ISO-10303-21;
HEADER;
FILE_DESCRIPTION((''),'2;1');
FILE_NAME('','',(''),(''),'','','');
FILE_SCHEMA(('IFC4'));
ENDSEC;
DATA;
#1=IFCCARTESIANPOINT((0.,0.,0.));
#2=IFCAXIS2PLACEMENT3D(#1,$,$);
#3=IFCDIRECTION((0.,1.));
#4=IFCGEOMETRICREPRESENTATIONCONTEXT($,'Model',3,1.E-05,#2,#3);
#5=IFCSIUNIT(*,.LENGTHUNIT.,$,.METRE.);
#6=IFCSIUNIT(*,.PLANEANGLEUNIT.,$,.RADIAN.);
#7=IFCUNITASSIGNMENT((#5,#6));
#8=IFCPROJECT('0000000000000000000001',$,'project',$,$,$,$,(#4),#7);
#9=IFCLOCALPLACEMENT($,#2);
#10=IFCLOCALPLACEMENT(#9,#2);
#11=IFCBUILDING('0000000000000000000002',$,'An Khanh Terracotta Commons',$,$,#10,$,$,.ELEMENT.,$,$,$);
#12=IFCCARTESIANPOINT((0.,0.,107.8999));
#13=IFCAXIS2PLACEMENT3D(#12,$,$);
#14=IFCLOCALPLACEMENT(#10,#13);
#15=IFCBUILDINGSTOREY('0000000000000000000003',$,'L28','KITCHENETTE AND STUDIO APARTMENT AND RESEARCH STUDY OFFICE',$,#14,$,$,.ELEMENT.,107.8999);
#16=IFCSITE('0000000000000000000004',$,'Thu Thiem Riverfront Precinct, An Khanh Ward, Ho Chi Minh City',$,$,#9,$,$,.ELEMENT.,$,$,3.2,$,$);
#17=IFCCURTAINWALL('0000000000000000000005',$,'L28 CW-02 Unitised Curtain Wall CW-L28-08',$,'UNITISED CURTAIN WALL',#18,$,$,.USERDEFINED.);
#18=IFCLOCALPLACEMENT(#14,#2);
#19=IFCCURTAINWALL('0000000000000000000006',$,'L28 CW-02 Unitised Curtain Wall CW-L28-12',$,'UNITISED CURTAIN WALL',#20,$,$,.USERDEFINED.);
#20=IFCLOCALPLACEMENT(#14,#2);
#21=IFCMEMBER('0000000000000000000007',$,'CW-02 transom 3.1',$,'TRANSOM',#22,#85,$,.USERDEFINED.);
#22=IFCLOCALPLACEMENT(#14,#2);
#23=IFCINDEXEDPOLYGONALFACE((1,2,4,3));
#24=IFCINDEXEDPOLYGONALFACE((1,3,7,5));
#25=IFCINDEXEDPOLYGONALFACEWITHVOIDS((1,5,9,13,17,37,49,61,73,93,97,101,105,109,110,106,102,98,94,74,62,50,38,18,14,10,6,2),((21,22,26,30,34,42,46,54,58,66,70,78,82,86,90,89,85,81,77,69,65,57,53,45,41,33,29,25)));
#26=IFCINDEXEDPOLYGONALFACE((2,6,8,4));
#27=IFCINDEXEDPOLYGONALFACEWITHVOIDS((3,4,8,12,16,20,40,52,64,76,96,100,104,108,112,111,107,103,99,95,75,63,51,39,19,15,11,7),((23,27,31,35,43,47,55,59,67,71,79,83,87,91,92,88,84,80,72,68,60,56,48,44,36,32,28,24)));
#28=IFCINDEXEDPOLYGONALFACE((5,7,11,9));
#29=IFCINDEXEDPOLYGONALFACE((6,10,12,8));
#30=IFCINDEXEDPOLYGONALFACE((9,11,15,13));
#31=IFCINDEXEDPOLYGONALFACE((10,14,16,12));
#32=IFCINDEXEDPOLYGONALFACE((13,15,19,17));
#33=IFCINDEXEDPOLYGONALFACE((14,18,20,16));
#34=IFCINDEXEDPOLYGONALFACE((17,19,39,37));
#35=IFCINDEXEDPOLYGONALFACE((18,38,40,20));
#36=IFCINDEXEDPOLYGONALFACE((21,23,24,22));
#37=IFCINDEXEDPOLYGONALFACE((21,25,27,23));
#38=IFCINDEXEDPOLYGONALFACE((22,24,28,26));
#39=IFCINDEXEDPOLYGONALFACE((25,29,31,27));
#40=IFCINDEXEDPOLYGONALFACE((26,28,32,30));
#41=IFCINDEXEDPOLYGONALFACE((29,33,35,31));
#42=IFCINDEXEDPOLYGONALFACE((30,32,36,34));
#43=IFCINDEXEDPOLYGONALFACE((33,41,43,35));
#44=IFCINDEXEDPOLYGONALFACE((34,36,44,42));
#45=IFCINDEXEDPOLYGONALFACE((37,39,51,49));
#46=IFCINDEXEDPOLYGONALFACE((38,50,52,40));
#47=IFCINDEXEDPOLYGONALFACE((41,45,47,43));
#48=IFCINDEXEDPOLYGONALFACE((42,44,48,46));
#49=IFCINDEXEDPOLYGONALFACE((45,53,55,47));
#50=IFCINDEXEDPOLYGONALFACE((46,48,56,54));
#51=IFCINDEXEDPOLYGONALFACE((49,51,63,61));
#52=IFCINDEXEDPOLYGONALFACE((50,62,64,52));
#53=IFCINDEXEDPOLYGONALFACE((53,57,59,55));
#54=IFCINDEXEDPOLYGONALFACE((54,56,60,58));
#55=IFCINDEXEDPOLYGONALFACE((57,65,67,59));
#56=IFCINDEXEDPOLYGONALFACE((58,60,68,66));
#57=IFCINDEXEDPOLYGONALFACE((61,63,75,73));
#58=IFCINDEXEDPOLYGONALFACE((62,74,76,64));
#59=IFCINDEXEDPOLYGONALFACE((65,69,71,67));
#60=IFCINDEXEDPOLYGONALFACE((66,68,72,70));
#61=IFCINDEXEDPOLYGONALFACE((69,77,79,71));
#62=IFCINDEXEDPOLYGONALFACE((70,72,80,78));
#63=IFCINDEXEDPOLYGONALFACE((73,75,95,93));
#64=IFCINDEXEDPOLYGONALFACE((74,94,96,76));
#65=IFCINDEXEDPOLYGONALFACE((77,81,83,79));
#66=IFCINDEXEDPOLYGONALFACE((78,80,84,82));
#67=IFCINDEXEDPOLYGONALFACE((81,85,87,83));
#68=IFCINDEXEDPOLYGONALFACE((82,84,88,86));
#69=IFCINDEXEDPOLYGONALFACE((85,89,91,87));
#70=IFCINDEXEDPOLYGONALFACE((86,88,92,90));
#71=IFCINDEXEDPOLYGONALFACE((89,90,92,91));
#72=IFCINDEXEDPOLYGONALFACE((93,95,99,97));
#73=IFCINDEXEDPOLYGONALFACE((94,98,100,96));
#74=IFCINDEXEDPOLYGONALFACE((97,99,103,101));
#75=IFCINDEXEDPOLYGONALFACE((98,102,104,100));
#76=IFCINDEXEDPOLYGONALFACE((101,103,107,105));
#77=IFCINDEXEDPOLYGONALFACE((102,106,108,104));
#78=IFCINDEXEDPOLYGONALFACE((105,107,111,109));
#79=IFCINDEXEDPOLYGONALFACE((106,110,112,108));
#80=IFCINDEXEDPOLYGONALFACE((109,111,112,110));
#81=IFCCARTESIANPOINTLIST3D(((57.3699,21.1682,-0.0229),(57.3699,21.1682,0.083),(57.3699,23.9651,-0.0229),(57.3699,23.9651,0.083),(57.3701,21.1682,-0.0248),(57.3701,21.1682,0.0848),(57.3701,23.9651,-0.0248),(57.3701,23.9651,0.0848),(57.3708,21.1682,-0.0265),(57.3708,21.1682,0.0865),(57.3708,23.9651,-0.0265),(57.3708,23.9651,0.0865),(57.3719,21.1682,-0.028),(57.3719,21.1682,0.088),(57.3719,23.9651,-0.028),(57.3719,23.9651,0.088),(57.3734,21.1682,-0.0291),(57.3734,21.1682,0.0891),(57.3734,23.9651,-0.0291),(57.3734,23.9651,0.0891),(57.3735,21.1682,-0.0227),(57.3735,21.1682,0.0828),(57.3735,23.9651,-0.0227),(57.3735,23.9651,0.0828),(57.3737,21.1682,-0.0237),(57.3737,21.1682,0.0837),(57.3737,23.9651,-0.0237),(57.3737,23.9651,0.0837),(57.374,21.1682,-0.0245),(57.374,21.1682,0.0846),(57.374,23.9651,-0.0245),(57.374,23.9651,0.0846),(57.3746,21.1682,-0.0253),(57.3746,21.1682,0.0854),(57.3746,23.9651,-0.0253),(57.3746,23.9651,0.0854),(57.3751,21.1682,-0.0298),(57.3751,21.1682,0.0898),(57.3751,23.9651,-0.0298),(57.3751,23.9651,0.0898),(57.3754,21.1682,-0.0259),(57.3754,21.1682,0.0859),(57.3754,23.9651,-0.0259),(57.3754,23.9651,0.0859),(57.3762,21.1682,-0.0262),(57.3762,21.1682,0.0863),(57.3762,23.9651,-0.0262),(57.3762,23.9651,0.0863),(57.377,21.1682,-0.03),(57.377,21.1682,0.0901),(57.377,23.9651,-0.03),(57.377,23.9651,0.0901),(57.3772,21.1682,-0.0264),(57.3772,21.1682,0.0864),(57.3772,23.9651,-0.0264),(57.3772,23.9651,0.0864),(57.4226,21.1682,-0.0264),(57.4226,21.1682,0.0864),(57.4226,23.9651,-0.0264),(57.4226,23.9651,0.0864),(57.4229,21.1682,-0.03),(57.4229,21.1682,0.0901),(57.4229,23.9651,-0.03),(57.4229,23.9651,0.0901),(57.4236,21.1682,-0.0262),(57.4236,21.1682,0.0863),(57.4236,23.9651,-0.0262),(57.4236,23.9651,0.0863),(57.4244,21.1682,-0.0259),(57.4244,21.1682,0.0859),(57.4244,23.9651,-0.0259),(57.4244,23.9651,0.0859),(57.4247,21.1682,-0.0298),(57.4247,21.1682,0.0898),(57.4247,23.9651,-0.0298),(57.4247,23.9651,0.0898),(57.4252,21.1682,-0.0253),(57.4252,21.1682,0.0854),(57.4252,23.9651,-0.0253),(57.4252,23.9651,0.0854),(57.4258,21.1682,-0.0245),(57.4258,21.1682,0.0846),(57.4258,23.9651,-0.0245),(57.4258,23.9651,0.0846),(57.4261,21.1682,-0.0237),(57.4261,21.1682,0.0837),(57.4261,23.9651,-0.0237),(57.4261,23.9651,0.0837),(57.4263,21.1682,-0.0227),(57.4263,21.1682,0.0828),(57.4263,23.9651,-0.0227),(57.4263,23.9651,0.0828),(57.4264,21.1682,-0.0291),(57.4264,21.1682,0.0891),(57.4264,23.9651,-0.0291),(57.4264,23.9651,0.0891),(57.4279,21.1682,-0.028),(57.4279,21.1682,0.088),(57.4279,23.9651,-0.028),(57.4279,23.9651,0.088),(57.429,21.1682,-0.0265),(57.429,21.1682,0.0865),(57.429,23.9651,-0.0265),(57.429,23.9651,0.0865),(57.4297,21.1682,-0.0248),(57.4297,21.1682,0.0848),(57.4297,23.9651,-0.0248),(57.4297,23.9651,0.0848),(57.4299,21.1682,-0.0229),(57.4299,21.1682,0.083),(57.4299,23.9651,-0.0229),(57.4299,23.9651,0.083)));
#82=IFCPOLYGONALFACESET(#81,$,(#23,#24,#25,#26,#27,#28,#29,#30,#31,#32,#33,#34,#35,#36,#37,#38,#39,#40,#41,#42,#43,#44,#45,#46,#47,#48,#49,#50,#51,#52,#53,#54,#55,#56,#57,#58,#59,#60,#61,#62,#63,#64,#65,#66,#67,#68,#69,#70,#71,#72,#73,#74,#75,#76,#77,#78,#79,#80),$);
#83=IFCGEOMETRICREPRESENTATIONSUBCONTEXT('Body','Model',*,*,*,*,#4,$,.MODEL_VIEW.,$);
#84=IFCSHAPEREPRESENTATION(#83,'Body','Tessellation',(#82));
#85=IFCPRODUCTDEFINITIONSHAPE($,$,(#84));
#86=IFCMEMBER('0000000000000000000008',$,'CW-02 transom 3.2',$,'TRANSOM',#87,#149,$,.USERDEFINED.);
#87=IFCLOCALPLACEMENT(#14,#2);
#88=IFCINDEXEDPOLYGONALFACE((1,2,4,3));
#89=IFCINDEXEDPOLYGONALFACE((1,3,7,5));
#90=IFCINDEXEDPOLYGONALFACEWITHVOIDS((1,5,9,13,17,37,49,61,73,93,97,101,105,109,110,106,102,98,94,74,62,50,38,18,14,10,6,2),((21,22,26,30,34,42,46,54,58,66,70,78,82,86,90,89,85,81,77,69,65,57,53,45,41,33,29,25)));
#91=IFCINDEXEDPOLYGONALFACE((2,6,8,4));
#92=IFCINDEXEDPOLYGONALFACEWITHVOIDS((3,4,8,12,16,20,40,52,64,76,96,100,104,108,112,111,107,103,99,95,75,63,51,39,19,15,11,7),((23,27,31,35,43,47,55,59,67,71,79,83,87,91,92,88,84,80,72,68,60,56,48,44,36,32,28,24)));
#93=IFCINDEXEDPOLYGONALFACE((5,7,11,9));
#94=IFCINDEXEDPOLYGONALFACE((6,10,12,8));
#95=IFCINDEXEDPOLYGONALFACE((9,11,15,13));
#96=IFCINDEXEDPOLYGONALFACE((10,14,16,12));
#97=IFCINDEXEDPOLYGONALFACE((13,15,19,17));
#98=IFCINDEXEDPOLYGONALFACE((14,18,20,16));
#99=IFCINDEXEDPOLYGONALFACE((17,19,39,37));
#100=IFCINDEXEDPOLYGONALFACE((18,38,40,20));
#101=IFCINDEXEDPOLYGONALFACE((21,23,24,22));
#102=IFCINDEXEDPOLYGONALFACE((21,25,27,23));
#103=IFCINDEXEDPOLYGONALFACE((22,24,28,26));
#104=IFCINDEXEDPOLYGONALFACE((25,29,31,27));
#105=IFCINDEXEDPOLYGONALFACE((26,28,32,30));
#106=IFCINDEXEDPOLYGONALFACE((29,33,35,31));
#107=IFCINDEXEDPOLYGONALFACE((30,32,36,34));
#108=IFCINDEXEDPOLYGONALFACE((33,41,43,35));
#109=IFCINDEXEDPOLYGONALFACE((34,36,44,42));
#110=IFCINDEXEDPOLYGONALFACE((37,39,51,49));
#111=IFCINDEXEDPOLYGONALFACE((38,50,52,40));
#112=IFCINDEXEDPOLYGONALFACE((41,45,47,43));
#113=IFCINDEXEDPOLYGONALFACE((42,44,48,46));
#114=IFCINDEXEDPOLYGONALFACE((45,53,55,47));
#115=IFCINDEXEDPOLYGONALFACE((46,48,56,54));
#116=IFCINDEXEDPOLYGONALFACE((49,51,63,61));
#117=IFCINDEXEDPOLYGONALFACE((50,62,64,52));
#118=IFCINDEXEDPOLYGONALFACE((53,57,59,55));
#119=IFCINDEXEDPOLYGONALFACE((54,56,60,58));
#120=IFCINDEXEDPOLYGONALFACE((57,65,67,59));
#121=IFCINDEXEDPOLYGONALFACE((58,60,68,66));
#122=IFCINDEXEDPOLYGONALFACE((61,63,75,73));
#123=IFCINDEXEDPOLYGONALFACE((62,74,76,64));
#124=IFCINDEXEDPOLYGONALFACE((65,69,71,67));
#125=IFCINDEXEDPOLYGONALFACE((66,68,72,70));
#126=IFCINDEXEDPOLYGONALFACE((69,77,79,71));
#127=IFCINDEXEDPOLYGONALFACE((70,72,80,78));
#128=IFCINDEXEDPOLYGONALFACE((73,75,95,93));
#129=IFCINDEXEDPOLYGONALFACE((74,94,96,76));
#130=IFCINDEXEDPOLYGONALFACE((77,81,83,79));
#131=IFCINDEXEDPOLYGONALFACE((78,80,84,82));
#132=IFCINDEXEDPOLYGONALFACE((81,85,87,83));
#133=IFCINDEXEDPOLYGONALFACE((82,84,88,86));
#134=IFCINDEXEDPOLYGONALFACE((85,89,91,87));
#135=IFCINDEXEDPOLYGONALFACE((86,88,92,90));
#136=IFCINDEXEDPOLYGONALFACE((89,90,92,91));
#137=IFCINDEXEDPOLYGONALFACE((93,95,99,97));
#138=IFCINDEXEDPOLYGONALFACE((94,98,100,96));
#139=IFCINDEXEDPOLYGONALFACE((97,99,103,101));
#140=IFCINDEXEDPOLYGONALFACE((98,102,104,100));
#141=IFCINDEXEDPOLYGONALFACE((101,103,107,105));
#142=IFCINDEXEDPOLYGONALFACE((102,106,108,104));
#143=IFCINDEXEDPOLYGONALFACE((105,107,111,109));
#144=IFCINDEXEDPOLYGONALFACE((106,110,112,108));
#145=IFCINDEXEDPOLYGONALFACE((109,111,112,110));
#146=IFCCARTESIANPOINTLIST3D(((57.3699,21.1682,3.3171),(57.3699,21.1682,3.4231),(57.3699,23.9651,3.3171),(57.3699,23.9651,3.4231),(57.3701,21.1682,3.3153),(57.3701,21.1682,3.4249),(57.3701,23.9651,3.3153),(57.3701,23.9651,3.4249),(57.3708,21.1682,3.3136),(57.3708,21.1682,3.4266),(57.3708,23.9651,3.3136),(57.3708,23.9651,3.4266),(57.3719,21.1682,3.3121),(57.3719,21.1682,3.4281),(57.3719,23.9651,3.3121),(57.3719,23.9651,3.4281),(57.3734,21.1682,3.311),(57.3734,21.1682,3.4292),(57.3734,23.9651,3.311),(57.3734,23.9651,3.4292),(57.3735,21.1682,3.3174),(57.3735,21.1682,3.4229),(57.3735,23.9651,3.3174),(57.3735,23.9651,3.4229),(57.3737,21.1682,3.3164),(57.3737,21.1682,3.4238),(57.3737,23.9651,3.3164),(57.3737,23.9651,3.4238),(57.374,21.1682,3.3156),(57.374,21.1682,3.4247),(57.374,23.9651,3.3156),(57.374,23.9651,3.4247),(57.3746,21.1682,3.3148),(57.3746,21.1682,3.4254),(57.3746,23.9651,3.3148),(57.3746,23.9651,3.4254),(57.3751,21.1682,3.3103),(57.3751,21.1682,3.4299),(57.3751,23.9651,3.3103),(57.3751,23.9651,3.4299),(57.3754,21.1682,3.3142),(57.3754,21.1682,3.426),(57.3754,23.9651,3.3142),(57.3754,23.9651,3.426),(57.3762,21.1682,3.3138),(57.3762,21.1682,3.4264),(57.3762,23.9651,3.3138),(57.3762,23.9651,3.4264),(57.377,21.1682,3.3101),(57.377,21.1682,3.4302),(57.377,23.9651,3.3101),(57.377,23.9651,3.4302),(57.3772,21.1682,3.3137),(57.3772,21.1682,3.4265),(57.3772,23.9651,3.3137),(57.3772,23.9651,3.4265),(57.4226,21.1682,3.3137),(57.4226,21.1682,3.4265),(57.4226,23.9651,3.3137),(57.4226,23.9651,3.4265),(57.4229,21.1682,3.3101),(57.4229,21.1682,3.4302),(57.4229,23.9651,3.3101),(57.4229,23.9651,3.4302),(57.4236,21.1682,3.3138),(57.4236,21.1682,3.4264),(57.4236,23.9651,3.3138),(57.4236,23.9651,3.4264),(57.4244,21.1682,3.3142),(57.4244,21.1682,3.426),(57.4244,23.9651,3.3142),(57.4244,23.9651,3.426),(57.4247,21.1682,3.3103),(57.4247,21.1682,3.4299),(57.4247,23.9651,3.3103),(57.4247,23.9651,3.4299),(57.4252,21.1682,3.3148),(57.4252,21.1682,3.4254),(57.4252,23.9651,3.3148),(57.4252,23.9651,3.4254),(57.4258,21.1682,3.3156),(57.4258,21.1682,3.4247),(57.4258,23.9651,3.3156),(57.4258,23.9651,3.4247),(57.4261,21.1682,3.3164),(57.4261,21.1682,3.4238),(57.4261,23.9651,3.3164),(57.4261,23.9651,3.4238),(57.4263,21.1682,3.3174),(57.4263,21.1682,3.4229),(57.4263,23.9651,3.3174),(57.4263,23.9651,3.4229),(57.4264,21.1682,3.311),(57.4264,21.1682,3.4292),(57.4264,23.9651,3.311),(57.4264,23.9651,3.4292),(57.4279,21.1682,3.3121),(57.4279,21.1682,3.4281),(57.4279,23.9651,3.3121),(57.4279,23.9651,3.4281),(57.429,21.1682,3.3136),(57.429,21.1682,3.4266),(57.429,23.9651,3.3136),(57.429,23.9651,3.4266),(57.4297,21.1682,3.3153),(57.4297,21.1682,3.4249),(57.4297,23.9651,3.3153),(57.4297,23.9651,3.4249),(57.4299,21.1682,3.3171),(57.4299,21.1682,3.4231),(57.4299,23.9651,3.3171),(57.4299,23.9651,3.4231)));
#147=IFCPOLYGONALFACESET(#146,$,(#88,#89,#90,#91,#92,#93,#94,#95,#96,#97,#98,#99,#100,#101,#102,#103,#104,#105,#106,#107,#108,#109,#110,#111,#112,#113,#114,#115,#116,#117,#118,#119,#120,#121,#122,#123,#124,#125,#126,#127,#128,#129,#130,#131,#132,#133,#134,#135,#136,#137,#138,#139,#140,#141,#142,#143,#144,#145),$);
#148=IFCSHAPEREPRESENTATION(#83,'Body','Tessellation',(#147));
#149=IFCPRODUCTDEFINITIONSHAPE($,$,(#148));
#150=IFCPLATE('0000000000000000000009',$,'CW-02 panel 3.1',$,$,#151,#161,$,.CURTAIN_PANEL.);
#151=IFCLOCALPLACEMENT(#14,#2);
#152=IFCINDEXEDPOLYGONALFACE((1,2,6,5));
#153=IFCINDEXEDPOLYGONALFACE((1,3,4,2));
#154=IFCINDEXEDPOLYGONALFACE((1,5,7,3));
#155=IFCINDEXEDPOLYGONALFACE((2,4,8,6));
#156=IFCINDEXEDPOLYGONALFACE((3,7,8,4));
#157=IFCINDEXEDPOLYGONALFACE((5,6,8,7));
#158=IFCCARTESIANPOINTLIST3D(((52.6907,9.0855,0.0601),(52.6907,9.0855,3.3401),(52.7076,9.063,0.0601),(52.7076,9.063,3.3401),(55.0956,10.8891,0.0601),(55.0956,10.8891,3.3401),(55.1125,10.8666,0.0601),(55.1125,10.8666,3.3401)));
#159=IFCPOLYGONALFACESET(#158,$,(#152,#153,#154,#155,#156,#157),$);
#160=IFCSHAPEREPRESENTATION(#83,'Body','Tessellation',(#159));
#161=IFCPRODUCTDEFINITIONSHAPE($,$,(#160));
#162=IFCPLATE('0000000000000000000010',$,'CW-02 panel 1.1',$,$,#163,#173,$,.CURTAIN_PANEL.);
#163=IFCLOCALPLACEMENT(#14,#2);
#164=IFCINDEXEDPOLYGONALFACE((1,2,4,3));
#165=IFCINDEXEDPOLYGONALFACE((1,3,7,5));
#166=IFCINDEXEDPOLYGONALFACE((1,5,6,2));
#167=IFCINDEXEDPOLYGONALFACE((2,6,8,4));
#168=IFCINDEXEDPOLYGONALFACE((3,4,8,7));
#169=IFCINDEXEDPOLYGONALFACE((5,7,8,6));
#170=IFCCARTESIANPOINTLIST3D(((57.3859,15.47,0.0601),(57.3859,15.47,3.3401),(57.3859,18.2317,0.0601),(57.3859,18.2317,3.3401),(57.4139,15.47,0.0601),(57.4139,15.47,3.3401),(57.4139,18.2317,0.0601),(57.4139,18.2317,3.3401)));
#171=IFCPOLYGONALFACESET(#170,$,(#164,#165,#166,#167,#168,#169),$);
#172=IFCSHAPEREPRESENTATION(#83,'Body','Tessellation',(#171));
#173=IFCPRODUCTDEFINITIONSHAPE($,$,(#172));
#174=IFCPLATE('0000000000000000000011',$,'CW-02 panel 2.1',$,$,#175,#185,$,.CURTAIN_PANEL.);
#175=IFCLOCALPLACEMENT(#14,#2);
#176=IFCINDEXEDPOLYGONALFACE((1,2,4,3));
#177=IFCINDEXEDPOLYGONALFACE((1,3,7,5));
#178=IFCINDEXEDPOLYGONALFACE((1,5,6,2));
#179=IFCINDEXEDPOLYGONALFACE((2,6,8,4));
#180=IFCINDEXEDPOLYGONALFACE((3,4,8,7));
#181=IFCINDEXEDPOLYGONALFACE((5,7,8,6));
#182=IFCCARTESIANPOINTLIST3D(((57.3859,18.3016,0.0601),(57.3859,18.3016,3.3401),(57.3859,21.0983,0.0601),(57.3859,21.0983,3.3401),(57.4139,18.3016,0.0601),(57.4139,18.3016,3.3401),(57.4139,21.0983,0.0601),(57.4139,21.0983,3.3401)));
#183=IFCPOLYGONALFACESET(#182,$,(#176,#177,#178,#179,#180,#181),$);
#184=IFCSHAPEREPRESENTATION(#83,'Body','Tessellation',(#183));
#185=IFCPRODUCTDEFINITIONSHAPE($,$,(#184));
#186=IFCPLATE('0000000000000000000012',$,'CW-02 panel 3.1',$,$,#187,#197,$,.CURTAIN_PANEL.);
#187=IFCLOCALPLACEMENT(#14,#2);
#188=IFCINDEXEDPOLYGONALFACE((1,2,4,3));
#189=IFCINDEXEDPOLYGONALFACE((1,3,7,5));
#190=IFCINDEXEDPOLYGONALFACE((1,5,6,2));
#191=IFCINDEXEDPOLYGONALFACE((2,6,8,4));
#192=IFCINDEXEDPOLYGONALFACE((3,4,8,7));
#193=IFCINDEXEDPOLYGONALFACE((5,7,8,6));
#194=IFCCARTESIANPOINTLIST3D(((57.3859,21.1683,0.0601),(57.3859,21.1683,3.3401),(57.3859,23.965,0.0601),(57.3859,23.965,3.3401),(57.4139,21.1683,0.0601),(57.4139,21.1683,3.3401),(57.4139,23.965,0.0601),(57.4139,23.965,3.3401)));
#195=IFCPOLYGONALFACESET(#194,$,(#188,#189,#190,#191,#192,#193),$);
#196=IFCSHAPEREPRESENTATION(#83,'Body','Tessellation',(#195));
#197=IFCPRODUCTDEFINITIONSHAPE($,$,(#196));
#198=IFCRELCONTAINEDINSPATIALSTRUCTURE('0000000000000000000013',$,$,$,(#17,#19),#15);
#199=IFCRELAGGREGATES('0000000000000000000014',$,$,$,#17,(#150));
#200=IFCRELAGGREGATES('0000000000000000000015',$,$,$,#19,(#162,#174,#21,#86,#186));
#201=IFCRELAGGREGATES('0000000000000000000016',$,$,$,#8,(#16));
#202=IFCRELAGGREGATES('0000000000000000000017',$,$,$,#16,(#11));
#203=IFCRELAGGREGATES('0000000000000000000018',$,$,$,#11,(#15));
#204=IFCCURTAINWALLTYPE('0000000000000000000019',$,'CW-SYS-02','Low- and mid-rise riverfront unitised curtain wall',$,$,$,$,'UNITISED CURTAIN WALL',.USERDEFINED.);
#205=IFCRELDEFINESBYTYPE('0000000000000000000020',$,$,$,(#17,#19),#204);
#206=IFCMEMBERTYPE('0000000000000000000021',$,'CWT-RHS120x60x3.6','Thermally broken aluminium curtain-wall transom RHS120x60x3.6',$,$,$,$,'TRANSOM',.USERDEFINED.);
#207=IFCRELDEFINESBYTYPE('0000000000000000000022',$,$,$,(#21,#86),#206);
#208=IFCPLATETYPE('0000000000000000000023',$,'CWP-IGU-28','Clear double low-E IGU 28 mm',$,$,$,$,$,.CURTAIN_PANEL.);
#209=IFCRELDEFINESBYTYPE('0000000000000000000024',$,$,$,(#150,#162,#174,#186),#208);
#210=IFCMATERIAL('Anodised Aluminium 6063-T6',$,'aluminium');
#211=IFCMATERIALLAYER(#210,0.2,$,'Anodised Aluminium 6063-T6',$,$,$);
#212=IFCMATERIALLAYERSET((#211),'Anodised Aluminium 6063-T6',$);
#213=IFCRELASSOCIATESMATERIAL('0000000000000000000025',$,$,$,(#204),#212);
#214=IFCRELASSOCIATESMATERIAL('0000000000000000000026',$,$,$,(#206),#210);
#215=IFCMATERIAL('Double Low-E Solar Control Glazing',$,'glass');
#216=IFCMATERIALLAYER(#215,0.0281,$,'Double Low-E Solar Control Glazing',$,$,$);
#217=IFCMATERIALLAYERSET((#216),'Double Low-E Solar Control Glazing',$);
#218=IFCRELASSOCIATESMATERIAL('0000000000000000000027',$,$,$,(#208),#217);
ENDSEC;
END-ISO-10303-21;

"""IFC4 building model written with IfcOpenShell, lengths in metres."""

from ifc_helpers import new_model, si_unit, direction, frame, origin, origin_2d, place, context, subcontext, project, spatial, rectangle, hollow_rectangle, extrude, material, layer, layer_set, material_profile, profile_set, type_object, element, aggregate, save


model = new_model("IFC4")

# Units and contexts
model_context = context("Model", 3, precision=1e-05, world=origin(), true_north=direction((0.0, 1.0)))
body_context = subcontext(model_context, "Body", "Model", "MODEL_VIEW")
ifc_project = project(units=[si_unit("LENGTHUNIT", "METRE"), si_unit("PLANEANGLEUNIT", "RADIAN")], contexts=[model_context])

# Site, building, storey
site_placement = place(None, origin())
site = spatial("IfcSite", under=ifc_project, at=site_placement, Name="Thu Thiem Riverfront Precinct, An Khanh Ward, Ho Chi Minh City", CompositionType="ELEMENT", RefElevation=3.2)
building_placement = place(site_placement, origin())
building = spatial("IfcBuilding", under=site, at=building_placement, Name="An Khanh Terracotta Commons", CompositionType="ELEMENT")
storey_placement = place(building_placement, frame((0.0, 0.0, 107.8999)))
storey = spatial("IfcBuildingStorey", under=building, at=storey_placement, Name="L28", Description="KITCHENETTE AND STUDIO APARTMENT AND RESEARCH STUDY OFFICE", CompositionType="ELEMENT", Elevation=107.8999)

# Curtain walls
ifc_material_1 = material(Name="Anodised Aluminium 6063-T6", Category="aluminium")
ifc_layer_1 = layer(ifc_material_1, 0.2, Name="Anodised Aluminium 6063-T6")
ifc_layer_set_1 = layer_set([ifc_layer_1], Name="Anodised Aluminium 6063-T6")
curtain_wall_type = type_object("IfcCurtainWallType", Name="CW-SYS-02", Description="Low- and mid-rise riverfront unitised curtain wall", ElementType="UNITISED CURTAIN WALL", PredefinedType="USERDEFINED", material=ifc_layer_set_1)
curtain_wall_1_placement = place(storey_placement, origin())
curtain_wall_1 = element("IfcCurtainWall", 1, at=curtain_wall_1_placement, inside=storey, type_object=curtain_wall_type, Name="L28 CW-02 Unitised Curtain Wall CW-L28-08", ObjectType="UNITISED CURTAIN WALL", PredefinedType="USERDEFINED")
curtain_wall_2_placement = place(storey_placement, origin())
curtain_wall_2 = element("IfcCurtainWall", 2, at=curtain_wall_2_placement, inside=storey, type_object=curtain_wall_type, Name="L28 CW-02 Unitised Curtain Wall CW-L28-12", ObjectType="UNITISED CURTAIN WALL", PredefinedType="USERDEFINED")

# Members
ifc_material_profile_1 = material_profile(ifc_material_1, hollow_rectangle(XDim=0.0601, YDim=0.1201, WallThickness=0.0037, InnerFilletRadius=0.0037, OuterFilletRadius=0.0071, at=origin_2d()), Name="RHS120x60x3.6")
ifc_profile_set_1 = profile_set([ifc_material_profile_1], Name="Anodised Aluminium 6063-T6")
member_type_1 = type_object("IfcMemberType", Name="CWT-RHS120x60x3.6", Description="Thermally broken aluminium curtain-wall transom RHS120x60x3.6", ElementType="TRANSOM", PredefinedType="USERDEFINED", material=ifc_profile_set_1)
member_1_placement = place(storey_placement, frame((57.3999, 21.1682, 0.03), z_axis=(0.0, 1.0, 0.0), x_axis=(-1.0, 0.0, 0.0)))
member_1 = element("IfcMember", 3, at=member_1_placement, type_object=member_type_1, Name="CW-02 transom 3.1", ObjectType="TRANSOM", PredefinedType="USERDEFINED", context=body_context, shape_type="SweptSolid", body=[
    extrude(hollow_rectangle(XDim=0.0601, YDim=0.1201, WallThickness=0.0037, InnerFilletRadius=0.0037, OuterFilletRadius=0.0071, at=origin_2d()), origin(), (0.0, 0.0, 1.0), 2.7969),
])
member_2_placement = place(storey_placement, frame((57.3999, 21.1682, 3.3701), z_axis=(0.0, 1.0, 0.0), x_axis=(-1.0, 0.0, 0.0)))
member_2 = element("IfcMember", 4, at=member_2_placement, type_object=member_type_1, Name="CW-02 transom 3.2", ObjectType="TRANSOM", PredefinedType="USERDEFINED", context=body_context, shape_type="SweptSolid", body=[
    extrude(hollow_rectangle(XDim=0.0601, YDim=0.1201, WallThickness=0.0037, InnerFilletRadius=0.0037, OuterFilletRadius=0.0071, at=origin_2d()), origin(), (0.0, 0.0, 1.0), 2.7969),
])

# Plates
ifc_material_2 = material(Name="Double Low-E Solar Control Glazing", Category="glass")
ifc_layer_2 = layer(ifc_material_2, 0.0281, Name="Double Low-E Solar Control Glazing")
ifc_layer_set_2 = layer_set([ifc_layer_2], Name="Double Low-E Solar Control Glazing")
plate_type = type_object("IfcPlateType", Name="CWP-IGU-28", Description="Clear double low-E IGU 28 mm", PredefinedType="CURTAIN_PANEL", material=ifc_layer_set_2)
plate_1_placement = place(storey_placement, frame((53.9016, 9.9761, 0.0601), z_axis=(0.0, 0.0, 1.0), x_axis=(0.800013, 0.599983, 0.0)))
plate_1 = element("IfcPlate", 5, at=plate_1_placement, type_object=plate_type, Name="CW-02 panel 3.1", PredefinedType="CURTAIN_PANEL", context=body_context, shape_type="SweptSolid", body=[
    extrude(rectangle(XDim=3.0061, YDim=0.0281, at=origin_2d()), origin(), (0.0, 0.0, 1.0), 3.28),
])
aggregate(curtain_wall_1, [plate_1])
plate_2_placement = place(storey_placement, frame((57.3999, 16.8508, 0.0601), z_axis=(0.0, 0.0, 1.0), x_axis=(0.0, 1.0, 0.0)))
plate_2 = element("IfcPlate", 6, at=plate_2_placement, type_object=plate_type, Name="CW-02 panel 1.1", PredefinedType="CURTAIN_PANEL", context=body_context, shape_type="SweptSolid", body=[
    extrude(rectangle(XDim=2.7617, YDim=0.0281, at=origin_2d()), origin(), (0.0, 0.0, 1.0), 3.28),
])
plate_3_placement = place(storey_placement, frame((57.3999, 19.7, 0.0601), z_axis=(0.0, 0.0, 1.0), x_axis=(0.0, 1.0, 0.0)))
plate_3 = element("IfcPlate", 7, at=plate_3_placement, type_object=plate_type, Name="CW-02 panel 2.1", PredefinedType="CURTAIN_PANEL", context=body_context, shape_type="SweptSolid", body=[
    extrude(rectangle(XDim=2.7966, YDim=0.0281, at=origin_2d()), origin(), (0.0, 0.0, 1.0), 3.28),
])
plate_4_placement = place(storey_placement, frame((57.3999, 22.5667, 0.0601), z_axis=(0.0, 0.0, 1.0), x_axis=(0.0, 1.0, 0.0)))
plate_4 = element("IfcPlate", 8, at=plate_4_placement, type_object=plate_type, Name="CW-02 panel 3.1", PredefinedType="CURTAIN_PANEL", context=body_context, shape_type="SweptSolid", body=[
    extrude(rectangle(XDim=2.7966, YDim=0.0281, at=origin_2d()), origin(), (0.0, 0.0, 1.0), 3.28),
])
aggregate(curtain_wall_2, [plate_2, plate_3, member_1, member_2, plate_4])

save(model, "model.ifc")
